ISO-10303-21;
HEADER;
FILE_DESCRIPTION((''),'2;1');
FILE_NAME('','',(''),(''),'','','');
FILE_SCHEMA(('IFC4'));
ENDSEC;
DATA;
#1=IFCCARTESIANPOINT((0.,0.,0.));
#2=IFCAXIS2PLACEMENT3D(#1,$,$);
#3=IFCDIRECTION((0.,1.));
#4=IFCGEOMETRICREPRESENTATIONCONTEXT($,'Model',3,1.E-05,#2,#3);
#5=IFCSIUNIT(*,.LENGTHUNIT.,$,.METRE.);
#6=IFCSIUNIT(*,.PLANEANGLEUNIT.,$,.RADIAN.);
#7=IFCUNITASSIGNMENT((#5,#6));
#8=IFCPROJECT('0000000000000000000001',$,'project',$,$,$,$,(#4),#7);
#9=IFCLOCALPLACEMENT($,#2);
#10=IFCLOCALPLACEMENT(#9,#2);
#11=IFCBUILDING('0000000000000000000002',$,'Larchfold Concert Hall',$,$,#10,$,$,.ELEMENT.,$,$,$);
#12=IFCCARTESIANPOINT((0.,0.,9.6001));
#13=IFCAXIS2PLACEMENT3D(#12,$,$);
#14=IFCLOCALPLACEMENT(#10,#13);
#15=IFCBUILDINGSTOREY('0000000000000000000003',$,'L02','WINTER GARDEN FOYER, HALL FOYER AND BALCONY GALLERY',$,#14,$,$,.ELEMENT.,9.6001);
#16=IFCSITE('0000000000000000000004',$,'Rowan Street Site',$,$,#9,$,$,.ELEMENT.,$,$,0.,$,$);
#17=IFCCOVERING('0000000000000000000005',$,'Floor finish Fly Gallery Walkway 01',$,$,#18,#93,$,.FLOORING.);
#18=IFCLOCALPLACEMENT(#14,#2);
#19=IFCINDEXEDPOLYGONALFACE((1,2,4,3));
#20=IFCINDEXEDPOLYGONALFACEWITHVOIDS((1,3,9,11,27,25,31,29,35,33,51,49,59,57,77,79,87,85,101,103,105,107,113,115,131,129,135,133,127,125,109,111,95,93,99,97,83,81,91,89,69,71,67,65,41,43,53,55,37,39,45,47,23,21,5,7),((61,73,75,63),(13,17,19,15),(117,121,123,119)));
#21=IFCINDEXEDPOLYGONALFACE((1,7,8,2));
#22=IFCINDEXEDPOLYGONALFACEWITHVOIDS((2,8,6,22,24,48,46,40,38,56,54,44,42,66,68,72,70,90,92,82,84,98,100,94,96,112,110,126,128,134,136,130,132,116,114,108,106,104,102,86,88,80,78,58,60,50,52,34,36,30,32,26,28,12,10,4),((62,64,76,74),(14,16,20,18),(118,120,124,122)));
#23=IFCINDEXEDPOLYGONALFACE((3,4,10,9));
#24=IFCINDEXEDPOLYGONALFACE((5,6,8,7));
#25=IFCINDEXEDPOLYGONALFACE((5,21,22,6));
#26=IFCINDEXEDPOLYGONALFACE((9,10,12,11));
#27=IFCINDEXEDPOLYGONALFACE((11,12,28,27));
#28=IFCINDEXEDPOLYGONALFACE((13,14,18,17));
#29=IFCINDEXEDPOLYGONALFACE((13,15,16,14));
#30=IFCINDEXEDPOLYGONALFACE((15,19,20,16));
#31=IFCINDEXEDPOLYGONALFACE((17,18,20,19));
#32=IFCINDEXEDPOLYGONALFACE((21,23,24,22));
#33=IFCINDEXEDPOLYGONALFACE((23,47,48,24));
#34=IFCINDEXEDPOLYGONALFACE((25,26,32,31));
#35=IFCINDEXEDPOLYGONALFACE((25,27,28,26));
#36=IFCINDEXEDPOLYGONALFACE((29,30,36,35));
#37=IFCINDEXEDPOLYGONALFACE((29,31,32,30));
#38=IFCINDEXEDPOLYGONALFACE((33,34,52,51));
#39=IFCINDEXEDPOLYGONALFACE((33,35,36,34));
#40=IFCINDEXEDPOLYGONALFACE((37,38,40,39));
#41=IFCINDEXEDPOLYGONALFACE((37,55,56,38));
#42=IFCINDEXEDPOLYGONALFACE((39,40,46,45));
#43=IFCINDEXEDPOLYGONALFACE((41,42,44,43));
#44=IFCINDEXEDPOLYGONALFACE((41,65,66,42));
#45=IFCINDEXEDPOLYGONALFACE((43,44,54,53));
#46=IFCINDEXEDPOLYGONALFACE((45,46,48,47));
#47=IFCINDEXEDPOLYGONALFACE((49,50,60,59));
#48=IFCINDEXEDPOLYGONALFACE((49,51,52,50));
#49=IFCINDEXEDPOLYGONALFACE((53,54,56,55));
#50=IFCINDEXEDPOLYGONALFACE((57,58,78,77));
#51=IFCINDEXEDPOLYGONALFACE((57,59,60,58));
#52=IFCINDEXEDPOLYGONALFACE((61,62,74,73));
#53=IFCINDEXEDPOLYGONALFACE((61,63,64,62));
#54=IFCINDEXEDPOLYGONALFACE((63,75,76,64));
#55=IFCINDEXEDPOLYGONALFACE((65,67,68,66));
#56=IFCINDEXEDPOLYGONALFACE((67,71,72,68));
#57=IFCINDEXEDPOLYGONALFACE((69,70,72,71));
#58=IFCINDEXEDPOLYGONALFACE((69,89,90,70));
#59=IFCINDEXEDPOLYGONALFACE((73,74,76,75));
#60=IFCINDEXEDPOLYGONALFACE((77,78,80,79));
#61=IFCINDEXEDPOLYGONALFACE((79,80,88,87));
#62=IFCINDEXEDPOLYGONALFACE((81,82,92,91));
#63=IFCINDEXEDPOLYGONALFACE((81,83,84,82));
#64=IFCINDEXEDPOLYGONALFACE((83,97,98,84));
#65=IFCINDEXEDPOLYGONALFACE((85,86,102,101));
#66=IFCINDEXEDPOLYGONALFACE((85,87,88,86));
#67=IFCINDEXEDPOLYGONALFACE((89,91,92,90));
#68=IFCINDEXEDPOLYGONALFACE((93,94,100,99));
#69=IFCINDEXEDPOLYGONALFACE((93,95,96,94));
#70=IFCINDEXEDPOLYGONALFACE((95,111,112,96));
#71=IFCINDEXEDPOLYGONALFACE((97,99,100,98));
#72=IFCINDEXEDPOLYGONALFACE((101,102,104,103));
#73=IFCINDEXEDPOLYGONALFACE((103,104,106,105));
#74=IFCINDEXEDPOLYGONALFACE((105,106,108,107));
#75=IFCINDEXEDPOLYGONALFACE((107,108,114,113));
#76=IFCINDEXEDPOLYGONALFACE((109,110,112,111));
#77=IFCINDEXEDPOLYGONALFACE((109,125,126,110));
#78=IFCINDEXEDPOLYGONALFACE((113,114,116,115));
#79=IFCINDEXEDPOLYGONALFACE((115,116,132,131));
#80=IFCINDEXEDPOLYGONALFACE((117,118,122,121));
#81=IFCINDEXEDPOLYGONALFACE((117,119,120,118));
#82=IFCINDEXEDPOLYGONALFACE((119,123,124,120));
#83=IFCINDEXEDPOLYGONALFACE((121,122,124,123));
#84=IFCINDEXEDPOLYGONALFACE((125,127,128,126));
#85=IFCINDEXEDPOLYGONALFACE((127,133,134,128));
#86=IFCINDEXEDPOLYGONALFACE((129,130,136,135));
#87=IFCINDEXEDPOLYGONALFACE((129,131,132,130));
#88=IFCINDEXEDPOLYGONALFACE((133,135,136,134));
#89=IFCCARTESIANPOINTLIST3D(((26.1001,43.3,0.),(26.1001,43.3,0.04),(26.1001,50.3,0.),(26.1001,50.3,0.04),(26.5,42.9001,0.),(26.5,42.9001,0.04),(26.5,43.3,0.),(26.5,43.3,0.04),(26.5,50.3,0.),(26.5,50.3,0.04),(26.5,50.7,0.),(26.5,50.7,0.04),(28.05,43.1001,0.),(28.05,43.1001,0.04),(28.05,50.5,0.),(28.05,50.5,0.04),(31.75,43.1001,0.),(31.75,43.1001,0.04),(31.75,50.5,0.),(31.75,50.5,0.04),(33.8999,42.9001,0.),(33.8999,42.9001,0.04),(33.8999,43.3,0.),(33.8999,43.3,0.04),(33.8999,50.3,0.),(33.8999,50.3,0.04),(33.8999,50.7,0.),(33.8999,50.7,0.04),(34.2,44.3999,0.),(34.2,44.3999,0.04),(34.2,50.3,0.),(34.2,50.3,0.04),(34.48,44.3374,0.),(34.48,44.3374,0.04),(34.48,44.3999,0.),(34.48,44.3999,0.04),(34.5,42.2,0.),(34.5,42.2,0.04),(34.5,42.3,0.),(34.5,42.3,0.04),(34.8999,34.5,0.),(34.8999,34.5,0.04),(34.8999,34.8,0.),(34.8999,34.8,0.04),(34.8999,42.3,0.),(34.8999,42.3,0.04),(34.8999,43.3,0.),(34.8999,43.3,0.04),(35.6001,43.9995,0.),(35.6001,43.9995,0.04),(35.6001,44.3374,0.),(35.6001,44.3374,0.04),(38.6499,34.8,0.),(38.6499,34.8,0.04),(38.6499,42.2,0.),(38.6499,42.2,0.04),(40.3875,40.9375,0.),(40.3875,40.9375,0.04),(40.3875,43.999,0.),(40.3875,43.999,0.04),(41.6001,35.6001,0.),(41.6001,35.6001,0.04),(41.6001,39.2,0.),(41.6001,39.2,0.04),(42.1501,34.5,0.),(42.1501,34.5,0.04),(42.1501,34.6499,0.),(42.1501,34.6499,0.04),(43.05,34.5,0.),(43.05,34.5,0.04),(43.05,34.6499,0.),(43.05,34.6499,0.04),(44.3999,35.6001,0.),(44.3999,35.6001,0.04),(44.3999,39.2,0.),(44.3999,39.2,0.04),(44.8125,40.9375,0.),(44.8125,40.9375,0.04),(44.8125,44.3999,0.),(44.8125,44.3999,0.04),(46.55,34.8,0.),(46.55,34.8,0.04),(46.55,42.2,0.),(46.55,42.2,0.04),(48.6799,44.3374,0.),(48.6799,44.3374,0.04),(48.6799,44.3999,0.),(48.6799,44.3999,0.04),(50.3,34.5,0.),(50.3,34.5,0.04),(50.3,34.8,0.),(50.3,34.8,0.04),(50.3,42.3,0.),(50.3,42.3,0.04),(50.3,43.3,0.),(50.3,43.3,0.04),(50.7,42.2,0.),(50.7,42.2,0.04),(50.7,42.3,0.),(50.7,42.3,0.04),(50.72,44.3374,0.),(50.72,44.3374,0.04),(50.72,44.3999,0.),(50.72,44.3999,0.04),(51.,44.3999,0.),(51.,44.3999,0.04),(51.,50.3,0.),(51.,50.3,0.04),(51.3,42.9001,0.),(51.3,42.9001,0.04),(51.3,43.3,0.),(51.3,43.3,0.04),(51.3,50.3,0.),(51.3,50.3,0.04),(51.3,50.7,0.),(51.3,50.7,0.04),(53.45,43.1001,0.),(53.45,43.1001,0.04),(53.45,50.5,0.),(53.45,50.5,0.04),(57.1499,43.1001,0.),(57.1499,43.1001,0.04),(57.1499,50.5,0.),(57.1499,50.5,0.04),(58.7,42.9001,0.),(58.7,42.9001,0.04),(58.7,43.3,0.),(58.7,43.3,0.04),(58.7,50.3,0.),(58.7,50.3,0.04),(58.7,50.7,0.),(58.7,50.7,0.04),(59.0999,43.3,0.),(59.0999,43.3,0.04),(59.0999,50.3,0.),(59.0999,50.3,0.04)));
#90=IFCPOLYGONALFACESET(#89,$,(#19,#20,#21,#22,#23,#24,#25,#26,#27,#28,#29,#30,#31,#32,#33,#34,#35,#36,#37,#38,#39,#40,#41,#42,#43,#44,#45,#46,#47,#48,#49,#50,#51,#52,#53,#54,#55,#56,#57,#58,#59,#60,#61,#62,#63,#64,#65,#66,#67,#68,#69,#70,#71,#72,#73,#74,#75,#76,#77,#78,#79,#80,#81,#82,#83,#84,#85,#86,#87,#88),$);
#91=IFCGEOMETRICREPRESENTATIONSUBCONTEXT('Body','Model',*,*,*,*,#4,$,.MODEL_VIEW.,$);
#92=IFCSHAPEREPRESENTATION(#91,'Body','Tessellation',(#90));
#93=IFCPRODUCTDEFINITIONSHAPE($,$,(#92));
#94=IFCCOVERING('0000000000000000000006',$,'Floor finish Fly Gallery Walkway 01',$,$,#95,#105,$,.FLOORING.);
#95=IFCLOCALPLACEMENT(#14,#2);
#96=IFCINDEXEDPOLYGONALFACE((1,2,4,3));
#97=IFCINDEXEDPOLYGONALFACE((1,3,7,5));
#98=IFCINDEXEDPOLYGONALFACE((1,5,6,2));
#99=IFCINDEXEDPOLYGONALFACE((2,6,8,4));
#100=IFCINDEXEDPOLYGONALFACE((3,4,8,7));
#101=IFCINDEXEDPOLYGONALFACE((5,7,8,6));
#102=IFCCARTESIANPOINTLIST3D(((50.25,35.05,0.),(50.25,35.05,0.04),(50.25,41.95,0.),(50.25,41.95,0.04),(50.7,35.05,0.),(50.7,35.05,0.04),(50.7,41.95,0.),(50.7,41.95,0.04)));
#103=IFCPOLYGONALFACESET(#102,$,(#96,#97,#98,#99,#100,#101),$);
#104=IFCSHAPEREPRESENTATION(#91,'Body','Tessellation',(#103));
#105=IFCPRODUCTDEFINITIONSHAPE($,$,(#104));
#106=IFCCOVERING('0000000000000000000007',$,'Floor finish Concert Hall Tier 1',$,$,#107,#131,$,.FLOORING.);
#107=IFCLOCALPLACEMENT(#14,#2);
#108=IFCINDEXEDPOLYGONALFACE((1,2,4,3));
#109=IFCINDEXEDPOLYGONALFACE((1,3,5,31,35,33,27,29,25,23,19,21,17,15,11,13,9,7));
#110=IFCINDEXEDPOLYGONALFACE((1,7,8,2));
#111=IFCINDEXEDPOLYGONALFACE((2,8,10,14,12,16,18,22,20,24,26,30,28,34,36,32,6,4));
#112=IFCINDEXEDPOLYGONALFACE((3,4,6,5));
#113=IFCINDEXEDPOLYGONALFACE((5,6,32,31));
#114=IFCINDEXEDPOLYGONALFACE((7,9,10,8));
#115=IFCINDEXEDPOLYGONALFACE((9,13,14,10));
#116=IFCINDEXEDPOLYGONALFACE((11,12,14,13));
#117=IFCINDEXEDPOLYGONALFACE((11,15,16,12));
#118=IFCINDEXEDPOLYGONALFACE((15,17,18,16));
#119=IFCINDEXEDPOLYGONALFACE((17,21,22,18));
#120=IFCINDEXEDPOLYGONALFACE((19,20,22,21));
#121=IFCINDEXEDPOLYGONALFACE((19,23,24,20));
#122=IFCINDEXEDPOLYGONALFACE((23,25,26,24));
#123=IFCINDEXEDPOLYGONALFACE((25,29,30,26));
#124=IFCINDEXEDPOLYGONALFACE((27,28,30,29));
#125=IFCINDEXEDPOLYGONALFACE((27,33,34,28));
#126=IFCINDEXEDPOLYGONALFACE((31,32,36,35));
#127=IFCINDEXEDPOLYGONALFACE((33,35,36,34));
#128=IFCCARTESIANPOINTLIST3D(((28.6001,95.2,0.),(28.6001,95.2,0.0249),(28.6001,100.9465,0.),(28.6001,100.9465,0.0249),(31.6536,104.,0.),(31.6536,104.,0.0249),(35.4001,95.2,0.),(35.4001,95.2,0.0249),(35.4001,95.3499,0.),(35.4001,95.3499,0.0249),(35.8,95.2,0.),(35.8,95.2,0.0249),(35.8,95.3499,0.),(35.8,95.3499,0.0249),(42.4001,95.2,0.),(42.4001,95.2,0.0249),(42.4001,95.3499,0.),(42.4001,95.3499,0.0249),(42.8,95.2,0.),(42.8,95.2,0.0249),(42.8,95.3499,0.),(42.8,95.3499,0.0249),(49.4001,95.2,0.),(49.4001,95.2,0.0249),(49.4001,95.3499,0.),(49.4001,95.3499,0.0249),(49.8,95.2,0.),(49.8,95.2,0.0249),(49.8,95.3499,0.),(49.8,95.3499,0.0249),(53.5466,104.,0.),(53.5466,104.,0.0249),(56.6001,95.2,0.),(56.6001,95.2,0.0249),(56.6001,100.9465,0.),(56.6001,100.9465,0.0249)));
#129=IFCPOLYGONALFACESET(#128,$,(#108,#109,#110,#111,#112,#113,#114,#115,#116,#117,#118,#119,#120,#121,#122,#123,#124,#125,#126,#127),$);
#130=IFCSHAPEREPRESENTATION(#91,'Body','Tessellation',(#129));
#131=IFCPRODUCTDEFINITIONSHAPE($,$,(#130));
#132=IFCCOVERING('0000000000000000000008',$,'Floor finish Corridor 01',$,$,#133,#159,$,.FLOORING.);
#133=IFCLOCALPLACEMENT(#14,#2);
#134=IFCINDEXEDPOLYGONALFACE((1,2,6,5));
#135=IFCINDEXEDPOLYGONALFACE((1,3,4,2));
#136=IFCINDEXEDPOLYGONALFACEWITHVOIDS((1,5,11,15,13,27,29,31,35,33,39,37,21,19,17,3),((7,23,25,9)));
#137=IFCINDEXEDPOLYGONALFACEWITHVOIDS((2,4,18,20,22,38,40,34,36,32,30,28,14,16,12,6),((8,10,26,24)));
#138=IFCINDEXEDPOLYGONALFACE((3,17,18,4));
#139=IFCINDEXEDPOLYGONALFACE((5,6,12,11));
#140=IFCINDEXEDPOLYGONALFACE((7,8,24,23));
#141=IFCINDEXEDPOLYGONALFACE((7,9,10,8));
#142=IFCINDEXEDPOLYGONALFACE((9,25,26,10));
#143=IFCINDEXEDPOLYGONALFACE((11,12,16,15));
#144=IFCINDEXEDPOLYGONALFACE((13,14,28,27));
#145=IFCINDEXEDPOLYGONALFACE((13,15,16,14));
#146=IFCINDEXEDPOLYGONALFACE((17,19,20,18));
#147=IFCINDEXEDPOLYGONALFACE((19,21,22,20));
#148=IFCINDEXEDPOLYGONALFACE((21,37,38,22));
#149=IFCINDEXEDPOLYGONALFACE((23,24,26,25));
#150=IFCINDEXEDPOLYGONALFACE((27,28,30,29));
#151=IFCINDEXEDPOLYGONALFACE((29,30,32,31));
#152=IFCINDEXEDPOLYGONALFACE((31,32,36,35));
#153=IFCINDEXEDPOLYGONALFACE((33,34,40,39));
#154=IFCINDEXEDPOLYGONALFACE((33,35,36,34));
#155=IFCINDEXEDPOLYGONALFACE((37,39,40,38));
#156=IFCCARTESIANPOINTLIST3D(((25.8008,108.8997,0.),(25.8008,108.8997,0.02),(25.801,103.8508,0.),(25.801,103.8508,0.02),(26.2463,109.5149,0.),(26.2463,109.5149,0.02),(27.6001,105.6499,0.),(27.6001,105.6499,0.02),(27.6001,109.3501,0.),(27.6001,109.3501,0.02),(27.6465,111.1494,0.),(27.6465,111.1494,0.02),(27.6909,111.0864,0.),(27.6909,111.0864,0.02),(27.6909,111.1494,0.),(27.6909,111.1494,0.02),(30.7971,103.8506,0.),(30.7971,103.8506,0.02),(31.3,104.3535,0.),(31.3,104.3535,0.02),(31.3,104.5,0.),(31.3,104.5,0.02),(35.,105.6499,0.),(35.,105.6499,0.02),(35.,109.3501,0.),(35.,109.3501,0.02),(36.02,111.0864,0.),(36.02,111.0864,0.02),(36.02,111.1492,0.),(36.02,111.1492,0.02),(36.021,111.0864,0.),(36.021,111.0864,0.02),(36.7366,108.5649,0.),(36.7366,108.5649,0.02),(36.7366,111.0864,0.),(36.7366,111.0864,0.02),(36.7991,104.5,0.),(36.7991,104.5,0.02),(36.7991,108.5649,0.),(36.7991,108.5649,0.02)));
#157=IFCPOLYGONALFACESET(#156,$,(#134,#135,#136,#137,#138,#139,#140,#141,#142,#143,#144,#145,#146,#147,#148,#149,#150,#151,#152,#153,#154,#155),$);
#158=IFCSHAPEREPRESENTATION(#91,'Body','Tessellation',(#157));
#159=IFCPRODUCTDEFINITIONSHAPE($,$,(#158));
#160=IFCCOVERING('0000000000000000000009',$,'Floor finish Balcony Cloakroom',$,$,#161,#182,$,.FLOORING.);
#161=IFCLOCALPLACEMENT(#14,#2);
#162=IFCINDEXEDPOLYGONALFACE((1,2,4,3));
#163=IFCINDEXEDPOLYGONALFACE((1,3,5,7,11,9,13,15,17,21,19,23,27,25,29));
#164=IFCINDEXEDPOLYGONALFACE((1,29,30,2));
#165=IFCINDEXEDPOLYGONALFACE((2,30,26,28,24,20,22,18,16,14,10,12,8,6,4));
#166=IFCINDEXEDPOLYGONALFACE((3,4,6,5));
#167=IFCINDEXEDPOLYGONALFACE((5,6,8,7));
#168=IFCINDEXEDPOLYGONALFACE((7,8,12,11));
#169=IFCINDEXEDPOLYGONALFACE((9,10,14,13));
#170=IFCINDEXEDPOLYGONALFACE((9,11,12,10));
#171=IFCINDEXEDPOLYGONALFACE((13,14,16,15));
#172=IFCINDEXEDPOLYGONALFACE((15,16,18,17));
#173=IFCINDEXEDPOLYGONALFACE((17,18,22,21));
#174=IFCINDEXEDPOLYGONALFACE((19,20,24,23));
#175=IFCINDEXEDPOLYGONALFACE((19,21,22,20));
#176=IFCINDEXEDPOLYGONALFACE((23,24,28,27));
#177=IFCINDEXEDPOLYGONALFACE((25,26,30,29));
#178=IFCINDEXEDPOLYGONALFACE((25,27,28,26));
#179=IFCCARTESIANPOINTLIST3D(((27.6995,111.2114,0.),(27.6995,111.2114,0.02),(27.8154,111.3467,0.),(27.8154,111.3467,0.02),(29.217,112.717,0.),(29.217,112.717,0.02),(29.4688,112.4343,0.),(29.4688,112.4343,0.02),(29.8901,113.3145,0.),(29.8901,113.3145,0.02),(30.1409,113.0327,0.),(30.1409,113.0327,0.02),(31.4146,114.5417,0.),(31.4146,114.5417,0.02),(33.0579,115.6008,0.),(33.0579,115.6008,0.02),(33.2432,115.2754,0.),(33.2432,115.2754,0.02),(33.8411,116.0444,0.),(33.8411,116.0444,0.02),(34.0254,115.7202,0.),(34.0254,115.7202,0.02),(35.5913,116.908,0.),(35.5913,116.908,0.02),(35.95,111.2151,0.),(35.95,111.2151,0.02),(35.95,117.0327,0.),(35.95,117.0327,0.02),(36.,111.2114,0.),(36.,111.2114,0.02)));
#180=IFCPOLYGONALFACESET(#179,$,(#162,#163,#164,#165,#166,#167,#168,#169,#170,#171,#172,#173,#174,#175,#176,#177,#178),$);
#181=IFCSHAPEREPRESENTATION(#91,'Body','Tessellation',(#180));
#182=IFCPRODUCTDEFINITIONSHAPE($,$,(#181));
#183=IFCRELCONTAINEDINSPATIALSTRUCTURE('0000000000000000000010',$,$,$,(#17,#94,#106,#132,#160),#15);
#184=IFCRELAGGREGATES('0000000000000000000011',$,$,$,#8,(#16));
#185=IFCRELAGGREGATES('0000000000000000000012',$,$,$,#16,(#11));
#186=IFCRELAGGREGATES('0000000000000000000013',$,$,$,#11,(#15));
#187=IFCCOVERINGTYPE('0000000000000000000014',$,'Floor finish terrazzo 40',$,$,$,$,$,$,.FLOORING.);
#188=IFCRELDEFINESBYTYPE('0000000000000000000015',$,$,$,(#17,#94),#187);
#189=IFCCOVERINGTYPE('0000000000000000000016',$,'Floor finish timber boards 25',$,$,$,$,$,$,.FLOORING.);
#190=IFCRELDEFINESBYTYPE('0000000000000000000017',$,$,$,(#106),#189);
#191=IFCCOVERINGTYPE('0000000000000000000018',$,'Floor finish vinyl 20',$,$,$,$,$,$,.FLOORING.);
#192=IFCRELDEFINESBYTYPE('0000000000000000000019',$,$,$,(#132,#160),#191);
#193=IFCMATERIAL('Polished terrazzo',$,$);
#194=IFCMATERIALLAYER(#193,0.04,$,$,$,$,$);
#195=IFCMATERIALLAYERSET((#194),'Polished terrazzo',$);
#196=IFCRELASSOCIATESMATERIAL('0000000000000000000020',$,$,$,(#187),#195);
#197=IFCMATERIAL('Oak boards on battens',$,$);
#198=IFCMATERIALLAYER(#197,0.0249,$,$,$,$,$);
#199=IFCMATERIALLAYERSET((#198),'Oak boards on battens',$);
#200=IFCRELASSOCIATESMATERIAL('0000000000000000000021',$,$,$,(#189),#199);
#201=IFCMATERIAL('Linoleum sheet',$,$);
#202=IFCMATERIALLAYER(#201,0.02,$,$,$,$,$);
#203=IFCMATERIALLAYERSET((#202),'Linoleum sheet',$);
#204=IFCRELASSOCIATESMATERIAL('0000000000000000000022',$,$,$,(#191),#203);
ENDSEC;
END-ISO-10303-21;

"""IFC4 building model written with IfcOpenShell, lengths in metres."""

from ifc_helpers import new_model, si_unit, direction, frame, origin, place, context, subcontext, project, spatial, polyline, outline, extrude, material, layer, layer_set, type_object, element, save


model = new_model("IFC4")

# Units and contexts
model_context = context("Model", 3, precision=1e-05, world=origin(), true_north=direction((0.0, 1.0)))
body_context = subcontext(model_context, "Body", "Model", "MODEL_VIEW")
ifc_project = project(units=[si_unit("LENGTHUNIT", "METRE"), si_unit("PLANEANGLEUNIT", "RADIAN")], contexts=[model_context])

# Site, building, storey
site_placement = place(None, origin())
site = spatial("IfcSite", under=ifc_project, at=site_placement, Name="Rowan Street Site", CompositionType="ELEMENT", RefElevation=0.0)
building_placement = place(site_placement, origin())
building = spatial("IfcBuilding", under=site, at=building_placement, Name="Larchfold Concert Hall", CompositionType="ELEMENT")
storey_placement = place(building_placement, frame((0.0, 0.0, 9.6001)))
storey = spatial("IfcBuildingStorey", under=building, at=storey_placement, Name="L02", Description="WINTER GARDEN FOYER, HALL FOYER AND BALCONY GALLERY", CompositionType="ELEMENT", Elevation=9.6001)

# Coverings
ifc_material_1 = material(Name="Polished terrazzo")
ifc_layer_1 = layer(ifc_material_1, 0.04)
ifc_layer_set_1 = layer_set([ifc_layer_1], Name="Polished terrazzo")
covering_type_1 = type_object("IfcCoveringType", Name="Floor finish terrazzo 40", PredefinedType="FLOORING", material=ifc_layer_set_1)
covering_1_placement = place(storey_placement, origin())
element("IfcCovering", 1, at=covering_1_placement, inside=storey, type_object=covering_type_1, Name="Floor finish Fly Gallery Walkway 01", PredefinedType="FLOORING", context=body_context, shape_type="SweptSolid", body=[
    extrude(outline(polyline([(35.6001, 44.3374), (34.48, 44.3374), (34.48, 44.3999), (34.2, 44.3999), (34.2, 50.3), (33.8999, 50.3), (33.8999, 50.7), (26.5, 50.7), (26.5, 50.3), (26.1001, 50.3), (26.1001, 43.3), (26.5, 43.3), (26.5, 42.9001), (33.8999, 42.9001), (33.8999, 43.3), (34.8999, 43.3), (34.8999, 42.3), (34.5, 42.3), (34.5, 42.2), (38.6499, 42.2), (38.6499, 34.8), (34.8999, 34.8), (34.8999, 34.5), (42.1501, 34.5), (42.1501, 34.6499), (43.05, 34.6499), (43.05, 34.5), (50.3, 34.5), (50.3, 34.8), (46.55, 34.8), (46.55, 42.2), (50.7, 42.2), (50.7, 42.3), (50.3, 42.3), (50.3, 43.3), (51.3, 43.3), (51.3, 42.9001), (58.7, 42.9001), (58.7, 43.3), (59.0999, 43.3), (59.0999, 50.3), (58.7, 50.3), (58.7, 50.7), (51.3, 50.7), (51.3, 50.3), (51.0, 50.3), (51.0, 44.3999), (50.72, 44.3999), (50.72, 44.3374), (48.6799, 44.3374), (48.6799, 44.3999), (44.8125, 44.3999), (44.8125, 40.9375), (40.3875, 40.9375), (40.3875, 43.999), (35.6001, 43.9995), (35.6001, 44.3374)]), holes=[polyline([(57.1499, 43.1001), (53.45, 43.1001), (53.45, 50.5), (57.1499, 50.5), (57.1499, 43.1001)]), polyline([(41.6001, 35.6001), (41.6001, 39.2), (44.3999, 39.2), (44.3999, 35.6001), (41.6001, 35.6001)]), polyline([(28.05, 43.1001), (28.05, 50.5), (31.75, 50.5), (31.75, 43.1001), (28.05, 43.1001)])]), origin(), (0.0, 0.0, 1.0), 0.04),
])
covering_2_placement = place(storey_placement, origin())
element("IfcCovering", 2, at=covering_2_placement, inside=storey, type_object=covering_type_1, Name="Floor finish Fly Gallery Walkway 01", PredefinedType="FLOORING", context=body_context, shape_type="SweptSolid", body=[
    extrude(outline(polyline([(50.25, 35.05), (50.7, 35.05), (50.7, 41.95), (50.25, 41.95), (50.25, 35.05)])), origin(), (0.0, 0.0, 1.0), 0.04),
])
ifc_material_2 = material(Name="Oak boards on battens")
ifc_layer_2 = layer(ifc_material_2, 0.0249)
ifc_layer_set_2 = layer_set([ifc_layer_2], Name="Oak boards on battens")
covering_type_2 = type_object("IfcCoveringType", Name="Floor finish timber boards 25", PredefinedType="FLOORING", material=ifc_layer_set_2)
covering_3_placement = place(storey_placement, origin())
element("IfcCovering", 3, at=covering_3_placement, inside=storey, type_object=covering_type_2, Name="Floor finish Concert Hall Tier 1", PredefinedType="FLOORING", context=body_context, shape_type="SweptSolid", body=[
    extrude(outline(polyline([(53.5466, 104.0), (31.6536, 104.0), (28.6001, 100.9465), (28.6001, 95.2), (35.4001, 95.2), (35.4001, 95.3499), (35.8, 95.3499), (35.8, 95.2), (42.4001, 95.2), (42.4001, 95.3499), (42.8, 95.3499), (42.8, 95.2), (49.4001, 95.2), (49.4001, 95.3499), (49.8, 95.3499), (49.8, 95.2), (56.6001, 95.2), (56.6001, 100.9465), (53.5466, 104.0)])), origin(), (0.0, 0.0, 1.0), 0.0249),
])
ifc_material_3 = material(Name="Linoleum sheet")
ifc_layer_3 = layer(ifc_material_3, 0.02)
ifc_layer_set_3 = layer_set([ifc_layer_3], Name="Linoleum sheet")
covering_type_3 = type_object("IfcCoveringType", Name="Floor finish vinyl 20", PredefinedType="FLOORING", material=ifc_layer_set_3)
covering_4_placement = place(storey_placement, origin())
element("IfcCovering", 4, at=covering_4_placement, inside=storey, type_object=covering_type_3, Name="Floor finish Corridor 01", PredefinedType="FLOORING", context=body_context, shape_type="SweptSolid", body=[
    extrude(outline(polyline([(27.6909, 111.1494), (27.6465, 111.1494), (26.2463, 109.5149), (25.8008, 108.8997), (25.801, 103.8508), (30.7971, 103.8506), (31.3, 104.3535), (31.3, 104.5), (36.7991, 104.5), (36.7991, 108.5649), (36.7366, 108.5649), (36.7366, 111.0864), (36.021, 111.0864), (36.02, 111.1492), (36.02, 111.0864), (27.6909, 111.0864), (27.6909, 111.1494)]), holes=[polyline([(27.6001, 109.3501), (35.0, 109.3501), (35.0, 105.6499), (27.6001, 105.6499), (27.6001, 109.3501)])]), origin(), (0.0, 0.0, 1.0), 0.02),
])
covering_5_placement = place(storey_placement, origin())
element("IfcCovering", 5, at=covering_5_placement, inside=storey, type_object=covering_type_3, Name="Floor finish Balcony Cloakroom", PredefinedType="FLOORING", context=body_context, shape_type="SweptSolid", body=[
    extrude(outline(polyline([(27.8154, 111.3467), (27.6995, 111.2114), (36.0, 111.2114), (35.95, 111.2151), (35.95, 117.0327), (35.5913, 116.908), (33.8411, 116.0444), (34.0254, 115.7202), (33.2432, 115.2754), (33.0579, 115.6008), (31.4146, 114.5417), (29.8901, 113.3145), (30.1409, 113.0327), (29.4688, 112.4343), (29.217, 112.717), (27.8154, 111.3467)])), origin(), (0.0, 0.0, 1.0), 0.02),
])

save(model, "model.ifc")
